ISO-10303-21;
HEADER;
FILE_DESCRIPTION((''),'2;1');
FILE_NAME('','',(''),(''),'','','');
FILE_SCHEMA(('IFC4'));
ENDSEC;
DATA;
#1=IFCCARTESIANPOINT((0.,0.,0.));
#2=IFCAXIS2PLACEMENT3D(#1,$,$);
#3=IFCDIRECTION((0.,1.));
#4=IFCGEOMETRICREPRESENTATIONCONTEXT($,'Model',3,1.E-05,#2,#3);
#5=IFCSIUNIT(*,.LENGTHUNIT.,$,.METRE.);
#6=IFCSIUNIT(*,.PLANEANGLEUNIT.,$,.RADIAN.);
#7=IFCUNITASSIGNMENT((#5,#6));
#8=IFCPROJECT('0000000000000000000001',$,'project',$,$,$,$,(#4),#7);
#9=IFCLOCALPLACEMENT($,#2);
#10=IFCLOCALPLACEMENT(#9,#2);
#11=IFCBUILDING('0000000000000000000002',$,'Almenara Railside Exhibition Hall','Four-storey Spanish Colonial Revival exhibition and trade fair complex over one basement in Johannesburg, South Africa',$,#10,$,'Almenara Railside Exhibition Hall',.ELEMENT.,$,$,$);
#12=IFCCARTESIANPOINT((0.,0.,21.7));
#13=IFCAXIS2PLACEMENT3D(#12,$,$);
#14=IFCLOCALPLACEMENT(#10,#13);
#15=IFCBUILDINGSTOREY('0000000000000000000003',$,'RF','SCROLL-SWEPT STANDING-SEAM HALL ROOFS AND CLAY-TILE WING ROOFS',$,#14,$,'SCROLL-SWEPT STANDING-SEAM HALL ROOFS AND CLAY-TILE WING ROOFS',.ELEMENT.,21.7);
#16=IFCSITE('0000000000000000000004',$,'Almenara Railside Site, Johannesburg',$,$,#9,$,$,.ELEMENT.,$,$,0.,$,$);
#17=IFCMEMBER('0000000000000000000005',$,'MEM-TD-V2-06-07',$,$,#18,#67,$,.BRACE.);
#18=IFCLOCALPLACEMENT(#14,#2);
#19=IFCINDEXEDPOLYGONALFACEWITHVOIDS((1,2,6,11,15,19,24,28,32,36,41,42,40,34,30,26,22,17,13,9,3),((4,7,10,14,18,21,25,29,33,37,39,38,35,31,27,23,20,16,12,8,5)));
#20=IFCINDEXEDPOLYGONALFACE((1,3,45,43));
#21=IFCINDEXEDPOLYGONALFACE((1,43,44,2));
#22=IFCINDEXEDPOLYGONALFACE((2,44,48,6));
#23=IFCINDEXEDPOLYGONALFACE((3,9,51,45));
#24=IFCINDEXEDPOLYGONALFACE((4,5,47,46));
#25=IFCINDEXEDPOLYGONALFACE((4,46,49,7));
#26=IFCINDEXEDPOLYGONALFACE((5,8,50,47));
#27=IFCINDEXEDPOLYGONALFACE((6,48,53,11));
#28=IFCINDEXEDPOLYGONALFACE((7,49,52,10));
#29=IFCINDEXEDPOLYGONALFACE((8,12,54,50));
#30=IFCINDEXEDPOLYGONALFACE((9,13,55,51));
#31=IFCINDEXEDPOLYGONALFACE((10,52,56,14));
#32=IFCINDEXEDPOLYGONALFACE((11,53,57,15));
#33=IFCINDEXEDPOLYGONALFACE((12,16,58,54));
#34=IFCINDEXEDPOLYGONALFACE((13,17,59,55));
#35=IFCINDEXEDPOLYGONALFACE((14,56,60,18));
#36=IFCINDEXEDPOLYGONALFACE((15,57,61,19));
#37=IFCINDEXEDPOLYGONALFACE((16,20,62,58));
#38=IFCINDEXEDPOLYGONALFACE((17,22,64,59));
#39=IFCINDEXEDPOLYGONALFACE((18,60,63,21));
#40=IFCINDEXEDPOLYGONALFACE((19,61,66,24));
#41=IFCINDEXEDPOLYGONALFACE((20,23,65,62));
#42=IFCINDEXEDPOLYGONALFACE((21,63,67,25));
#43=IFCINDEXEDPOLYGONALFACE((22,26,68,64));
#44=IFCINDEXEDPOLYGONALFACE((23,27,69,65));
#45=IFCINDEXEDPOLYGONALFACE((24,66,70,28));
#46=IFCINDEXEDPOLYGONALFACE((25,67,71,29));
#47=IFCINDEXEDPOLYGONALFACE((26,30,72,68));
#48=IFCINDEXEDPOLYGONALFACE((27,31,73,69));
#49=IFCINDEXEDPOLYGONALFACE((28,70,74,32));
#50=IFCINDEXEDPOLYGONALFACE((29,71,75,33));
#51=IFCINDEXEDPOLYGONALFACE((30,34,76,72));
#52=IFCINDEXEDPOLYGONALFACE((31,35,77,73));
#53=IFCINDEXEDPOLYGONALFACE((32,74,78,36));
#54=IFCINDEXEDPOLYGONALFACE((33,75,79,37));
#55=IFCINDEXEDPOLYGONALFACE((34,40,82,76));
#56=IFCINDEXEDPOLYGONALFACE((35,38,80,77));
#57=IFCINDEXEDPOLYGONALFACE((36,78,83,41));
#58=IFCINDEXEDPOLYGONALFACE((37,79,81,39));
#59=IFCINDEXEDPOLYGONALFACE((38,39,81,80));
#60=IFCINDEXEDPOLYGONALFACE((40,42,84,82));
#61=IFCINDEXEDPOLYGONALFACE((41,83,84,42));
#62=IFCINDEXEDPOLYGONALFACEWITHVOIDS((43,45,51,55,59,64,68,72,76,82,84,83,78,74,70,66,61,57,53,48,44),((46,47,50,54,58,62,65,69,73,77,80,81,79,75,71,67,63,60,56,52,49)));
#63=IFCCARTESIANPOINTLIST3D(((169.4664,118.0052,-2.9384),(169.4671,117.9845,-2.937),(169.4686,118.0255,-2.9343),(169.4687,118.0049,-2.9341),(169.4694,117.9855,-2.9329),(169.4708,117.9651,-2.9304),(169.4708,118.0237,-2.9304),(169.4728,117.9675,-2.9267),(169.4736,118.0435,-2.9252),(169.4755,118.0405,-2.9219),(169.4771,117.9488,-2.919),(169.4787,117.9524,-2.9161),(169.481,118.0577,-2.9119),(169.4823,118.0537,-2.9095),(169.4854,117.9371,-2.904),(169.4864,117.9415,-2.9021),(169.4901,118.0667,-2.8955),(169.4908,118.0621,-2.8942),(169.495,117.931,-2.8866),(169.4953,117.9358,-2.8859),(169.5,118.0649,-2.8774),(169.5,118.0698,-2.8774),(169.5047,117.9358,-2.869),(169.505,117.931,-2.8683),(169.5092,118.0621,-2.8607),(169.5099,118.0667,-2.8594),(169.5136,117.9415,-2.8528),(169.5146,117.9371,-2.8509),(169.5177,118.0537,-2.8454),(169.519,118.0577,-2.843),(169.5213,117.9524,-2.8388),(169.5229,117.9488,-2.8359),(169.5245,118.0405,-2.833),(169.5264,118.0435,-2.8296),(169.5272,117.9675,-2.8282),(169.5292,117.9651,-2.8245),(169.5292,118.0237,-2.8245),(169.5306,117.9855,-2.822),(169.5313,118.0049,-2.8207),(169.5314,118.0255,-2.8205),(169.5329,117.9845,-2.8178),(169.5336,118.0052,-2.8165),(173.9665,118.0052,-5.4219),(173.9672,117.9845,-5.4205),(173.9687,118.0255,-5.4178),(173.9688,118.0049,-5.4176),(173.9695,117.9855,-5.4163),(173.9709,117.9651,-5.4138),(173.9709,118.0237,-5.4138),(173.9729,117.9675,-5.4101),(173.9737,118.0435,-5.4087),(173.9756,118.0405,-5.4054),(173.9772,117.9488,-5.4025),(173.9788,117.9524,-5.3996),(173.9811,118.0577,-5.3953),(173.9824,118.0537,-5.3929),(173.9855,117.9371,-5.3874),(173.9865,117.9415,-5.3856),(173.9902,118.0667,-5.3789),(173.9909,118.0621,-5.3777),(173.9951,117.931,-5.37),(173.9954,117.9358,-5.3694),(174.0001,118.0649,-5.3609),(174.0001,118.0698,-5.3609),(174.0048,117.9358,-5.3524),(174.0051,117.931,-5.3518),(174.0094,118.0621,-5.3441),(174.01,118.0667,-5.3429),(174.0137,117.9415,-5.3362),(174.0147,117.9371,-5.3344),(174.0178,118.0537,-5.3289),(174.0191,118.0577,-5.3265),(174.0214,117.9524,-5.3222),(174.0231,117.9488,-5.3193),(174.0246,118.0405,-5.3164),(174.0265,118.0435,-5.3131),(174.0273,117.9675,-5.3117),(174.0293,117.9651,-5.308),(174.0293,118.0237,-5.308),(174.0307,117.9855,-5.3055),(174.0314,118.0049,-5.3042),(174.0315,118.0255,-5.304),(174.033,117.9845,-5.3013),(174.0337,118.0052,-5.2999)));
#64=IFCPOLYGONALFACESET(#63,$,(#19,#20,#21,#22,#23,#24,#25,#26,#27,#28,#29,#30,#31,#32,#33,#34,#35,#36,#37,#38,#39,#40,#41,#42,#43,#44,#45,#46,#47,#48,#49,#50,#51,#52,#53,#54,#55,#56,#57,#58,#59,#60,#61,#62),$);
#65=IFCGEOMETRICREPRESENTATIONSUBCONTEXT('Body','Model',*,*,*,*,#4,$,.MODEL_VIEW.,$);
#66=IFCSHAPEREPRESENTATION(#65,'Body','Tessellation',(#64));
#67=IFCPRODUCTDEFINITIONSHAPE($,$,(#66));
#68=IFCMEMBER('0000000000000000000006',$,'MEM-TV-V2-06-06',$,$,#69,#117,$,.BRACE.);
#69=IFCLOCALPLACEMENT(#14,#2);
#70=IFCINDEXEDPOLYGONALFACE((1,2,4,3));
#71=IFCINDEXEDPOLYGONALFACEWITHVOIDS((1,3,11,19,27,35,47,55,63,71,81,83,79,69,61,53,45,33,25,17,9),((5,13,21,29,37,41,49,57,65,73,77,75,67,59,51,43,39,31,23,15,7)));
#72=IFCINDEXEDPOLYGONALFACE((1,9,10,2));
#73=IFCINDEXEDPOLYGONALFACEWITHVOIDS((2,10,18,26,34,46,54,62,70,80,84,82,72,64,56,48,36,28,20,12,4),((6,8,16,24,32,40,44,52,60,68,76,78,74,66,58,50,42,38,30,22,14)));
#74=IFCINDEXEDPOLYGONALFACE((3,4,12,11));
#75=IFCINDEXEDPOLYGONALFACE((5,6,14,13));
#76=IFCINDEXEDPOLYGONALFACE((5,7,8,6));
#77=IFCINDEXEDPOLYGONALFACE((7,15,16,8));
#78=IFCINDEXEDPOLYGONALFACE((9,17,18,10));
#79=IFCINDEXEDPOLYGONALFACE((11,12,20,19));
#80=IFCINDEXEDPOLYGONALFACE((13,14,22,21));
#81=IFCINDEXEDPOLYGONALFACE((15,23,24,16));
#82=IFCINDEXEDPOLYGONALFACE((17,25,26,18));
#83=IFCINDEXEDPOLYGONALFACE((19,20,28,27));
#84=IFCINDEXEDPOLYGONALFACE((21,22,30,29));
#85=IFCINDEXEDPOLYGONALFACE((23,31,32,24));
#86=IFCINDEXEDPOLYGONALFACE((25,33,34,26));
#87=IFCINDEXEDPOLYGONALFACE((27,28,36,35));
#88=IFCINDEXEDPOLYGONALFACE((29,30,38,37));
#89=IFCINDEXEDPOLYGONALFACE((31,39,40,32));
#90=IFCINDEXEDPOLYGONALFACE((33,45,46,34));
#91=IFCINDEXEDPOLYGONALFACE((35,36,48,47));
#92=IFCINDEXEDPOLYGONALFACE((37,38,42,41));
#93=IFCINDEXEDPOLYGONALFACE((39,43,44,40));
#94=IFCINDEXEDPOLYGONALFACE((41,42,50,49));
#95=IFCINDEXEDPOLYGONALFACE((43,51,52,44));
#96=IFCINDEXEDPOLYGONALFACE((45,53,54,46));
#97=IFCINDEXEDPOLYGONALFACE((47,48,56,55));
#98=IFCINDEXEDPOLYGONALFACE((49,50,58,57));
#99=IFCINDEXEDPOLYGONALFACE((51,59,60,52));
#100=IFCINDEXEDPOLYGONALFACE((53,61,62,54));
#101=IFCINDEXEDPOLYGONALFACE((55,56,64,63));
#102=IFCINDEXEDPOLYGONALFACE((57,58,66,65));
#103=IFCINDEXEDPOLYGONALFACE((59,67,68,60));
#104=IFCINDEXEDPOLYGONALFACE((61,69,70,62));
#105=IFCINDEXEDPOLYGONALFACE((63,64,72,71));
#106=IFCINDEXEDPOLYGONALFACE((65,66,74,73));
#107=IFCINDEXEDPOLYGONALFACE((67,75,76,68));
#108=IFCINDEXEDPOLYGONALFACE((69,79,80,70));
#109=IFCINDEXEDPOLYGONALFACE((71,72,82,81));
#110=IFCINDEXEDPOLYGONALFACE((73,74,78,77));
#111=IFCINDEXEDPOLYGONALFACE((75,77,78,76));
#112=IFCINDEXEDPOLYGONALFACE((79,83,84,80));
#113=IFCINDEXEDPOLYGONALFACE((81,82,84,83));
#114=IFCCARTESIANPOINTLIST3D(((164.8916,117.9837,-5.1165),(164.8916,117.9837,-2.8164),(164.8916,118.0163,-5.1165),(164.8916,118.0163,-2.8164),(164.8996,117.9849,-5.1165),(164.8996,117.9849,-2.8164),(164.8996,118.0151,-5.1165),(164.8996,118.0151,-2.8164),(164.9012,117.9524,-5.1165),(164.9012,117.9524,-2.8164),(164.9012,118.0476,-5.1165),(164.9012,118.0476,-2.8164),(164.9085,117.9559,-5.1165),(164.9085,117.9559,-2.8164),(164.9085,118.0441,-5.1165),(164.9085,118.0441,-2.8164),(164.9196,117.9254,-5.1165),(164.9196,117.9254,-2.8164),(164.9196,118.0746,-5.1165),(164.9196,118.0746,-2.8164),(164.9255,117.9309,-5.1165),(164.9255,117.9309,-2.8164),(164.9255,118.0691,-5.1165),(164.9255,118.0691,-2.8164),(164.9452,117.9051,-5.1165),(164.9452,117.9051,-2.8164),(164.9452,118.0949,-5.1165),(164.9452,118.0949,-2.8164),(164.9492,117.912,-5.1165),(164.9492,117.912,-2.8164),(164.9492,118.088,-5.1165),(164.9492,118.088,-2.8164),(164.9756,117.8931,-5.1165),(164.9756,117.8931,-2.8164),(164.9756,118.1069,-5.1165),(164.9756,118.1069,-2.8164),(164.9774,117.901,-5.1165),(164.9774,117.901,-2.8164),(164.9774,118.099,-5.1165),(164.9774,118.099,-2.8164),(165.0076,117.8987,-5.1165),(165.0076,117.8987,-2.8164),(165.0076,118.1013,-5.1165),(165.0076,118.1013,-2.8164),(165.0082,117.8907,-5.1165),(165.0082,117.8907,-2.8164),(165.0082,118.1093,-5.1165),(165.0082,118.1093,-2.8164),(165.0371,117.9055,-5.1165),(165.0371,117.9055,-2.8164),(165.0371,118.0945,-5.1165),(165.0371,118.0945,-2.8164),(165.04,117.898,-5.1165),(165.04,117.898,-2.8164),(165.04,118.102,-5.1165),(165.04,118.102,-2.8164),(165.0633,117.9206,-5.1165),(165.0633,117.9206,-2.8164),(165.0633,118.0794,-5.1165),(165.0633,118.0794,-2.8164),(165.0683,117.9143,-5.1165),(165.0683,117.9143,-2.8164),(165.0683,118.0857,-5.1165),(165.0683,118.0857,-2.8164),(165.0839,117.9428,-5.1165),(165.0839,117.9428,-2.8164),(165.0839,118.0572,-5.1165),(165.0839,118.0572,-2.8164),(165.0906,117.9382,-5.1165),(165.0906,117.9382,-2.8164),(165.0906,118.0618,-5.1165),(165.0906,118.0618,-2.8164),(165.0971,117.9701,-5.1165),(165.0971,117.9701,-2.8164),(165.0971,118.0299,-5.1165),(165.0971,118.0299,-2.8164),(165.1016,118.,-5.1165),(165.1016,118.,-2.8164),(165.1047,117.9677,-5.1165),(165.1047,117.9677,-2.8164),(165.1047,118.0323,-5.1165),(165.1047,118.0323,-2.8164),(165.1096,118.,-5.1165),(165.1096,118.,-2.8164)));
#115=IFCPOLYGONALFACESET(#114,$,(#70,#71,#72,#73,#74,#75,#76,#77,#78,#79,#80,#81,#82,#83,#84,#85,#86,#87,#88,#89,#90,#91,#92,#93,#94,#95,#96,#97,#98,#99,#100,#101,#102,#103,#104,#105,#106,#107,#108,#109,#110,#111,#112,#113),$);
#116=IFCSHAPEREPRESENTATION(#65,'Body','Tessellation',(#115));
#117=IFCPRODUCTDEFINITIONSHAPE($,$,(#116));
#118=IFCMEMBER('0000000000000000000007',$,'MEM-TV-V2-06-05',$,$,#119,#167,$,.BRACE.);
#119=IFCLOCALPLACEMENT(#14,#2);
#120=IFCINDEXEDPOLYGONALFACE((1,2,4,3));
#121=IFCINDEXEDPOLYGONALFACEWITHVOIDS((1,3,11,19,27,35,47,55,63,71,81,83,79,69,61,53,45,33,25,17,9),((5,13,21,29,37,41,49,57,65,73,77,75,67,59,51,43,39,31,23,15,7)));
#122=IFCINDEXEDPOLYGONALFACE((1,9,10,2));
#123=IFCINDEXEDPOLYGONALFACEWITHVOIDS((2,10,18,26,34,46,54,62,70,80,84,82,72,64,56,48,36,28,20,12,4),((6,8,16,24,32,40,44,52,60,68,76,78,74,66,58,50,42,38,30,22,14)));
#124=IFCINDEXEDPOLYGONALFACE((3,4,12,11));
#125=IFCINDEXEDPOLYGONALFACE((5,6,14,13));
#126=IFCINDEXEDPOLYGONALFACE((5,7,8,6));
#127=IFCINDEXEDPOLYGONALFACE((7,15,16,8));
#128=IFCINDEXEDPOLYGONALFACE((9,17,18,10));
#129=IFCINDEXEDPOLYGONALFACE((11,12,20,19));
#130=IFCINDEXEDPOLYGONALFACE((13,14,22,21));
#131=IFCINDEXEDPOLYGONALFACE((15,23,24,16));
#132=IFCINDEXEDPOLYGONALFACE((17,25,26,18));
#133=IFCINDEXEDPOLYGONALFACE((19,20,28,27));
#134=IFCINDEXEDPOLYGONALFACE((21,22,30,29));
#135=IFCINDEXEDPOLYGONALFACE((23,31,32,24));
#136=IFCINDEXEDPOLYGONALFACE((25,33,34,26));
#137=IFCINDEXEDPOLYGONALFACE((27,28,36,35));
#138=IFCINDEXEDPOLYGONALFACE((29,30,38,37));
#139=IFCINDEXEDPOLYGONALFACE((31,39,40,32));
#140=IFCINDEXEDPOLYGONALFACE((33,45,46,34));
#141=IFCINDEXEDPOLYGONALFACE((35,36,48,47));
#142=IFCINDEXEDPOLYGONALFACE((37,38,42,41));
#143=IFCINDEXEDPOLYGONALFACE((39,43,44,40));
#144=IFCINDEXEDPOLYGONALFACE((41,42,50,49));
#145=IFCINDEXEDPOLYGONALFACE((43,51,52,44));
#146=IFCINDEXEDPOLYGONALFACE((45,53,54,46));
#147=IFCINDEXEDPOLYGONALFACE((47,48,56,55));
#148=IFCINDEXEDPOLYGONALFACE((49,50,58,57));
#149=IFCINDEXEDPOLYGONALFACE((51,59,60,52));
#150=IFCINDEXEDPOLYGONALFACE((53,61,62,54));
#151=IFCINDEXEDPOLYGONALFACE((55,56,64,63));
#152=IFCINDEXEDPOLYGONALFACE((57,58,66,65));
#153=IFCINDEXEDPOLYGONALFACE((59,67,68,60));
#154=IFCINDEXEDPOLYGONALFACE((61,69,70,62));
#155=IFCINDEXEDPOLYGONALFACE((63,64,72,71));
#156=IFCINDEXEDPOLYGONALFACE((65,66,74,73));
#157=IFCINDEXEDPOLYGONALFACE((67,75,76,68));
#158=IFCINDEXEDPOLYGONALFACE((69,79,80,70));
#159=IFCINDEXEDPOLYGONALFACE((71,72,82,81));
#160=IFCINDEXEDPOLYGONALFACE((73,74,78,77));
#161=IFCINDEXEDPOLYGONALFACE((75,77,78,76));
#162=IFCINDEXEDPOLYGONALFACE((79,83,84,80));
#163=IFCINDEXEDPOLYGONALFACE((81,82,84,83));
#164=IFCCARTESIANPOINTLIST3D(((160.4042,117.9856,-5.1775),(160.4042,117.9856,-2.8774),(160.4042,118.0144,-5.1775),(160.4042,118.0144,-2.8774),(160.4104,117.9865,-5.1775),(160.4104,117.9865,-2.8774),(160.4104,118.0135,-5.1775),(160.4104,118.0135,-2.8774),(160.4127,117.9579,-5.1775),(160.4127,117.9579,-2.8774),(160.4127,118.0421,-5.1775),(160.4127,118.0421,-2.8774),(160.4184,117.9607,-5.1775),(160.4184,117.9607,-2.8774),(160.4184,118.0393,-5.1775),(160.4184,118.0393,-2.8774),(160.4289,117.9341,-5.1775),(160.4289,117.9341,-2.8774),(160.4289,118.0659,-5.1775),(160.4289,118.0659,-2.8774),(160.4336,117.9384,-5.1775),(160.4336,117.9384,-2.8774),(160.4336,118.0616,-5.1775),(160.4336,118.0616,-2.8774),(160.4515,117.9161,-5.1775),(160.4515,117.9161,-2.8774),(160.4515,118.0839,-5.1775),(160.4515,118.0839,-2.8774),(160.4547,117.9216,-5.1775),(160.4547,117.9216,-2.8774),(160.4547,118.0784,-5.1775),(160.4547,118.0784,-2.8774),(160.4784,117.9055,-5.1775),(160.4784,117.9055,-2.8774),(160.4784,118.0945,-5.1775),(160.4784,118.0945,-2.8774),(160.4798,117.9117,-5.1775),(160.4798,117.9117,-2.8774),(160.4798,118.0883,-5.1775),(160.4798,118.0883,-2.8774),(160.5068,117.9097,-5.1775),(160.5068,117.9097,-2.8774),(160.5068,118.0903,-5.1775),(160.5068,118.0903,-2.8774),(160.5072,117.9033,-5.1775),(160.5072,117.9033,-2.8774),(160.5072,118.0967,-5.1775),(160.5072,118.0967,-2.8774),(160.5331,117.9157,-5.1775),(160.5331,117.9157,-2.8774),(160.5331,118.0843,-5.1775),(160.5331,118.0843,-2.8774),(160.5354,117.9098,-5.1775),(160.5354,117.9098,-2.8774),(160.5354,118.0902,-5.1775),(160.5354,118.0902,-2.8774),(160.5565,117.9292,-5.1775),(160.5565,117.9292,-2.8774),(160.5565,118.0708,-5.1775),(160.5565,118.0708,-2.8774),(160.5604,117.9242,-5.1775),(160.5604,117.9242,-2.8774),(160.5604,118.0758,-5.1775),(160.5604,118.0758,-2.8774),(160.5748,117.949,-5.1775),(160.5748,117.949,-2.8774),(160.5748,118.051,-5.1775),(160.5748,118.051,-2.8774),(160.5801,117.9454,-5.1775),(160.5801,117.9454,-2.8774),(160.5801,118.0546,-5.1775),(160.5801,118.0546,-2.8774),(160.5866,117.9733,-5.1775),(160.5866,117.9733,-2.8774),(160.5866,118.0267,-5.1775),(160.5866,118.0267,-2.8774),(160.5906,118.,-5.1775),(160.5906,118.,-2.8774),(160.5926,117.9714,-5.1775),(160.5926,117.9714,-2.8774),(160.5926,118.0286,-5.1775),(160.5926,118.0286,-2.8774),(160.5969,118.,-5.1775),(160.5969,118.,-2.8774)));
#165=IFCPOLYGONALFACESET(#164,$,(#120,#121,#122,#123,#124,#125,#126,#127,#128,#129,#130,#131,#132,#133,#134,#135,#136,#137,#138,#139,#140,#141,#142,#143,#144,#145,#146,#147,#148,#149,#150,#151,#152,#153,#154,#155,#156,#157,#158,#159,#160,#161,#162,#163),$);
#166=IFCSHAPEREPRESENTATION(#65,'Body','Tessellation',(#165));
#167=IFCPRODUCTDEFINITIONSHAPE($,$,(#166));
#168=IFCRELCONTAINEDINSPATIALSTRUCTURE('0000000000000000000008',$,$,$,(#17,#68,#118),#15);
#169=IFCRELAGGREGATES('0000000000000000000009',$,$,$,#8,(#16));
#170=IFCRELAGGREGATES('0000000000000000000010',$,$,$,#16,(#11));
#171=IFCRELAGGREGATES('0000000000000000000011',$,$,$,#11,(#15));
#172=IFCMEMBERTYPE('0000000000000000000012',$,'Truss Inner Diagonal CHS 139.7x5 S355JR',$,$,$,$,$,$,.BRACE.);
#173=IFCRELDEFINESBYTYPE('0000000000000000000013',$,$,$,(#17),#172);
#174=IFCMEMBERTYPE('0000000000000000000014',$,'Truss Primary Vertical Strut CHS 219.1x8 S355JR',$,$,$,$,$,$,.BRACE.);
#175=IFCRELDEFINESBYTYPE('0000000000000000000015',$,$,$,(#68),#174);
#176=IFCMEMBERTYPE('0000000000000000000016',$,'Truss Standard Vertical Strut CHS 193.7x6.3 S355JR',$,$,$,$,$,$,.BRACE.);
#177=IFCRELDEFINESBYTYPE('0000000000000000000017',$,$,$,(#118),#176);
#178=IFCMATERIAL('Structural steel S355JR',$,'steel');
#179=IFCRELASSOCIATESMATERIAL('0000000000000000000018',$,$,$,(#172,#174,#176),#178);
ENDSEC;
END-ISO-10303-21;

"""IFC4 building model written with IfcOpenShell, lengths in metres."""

from ifc_helpers import new_model, si_unit, direction, frame, origin, origin_2d, place, context, subcontext, project, spatial, hollow_circle, extrude, material, material_profile, profile_set, type_object, element, save


model = new_model("IFC4")

# Units and contexts
model_context = context("Model", 3, precision=1e-05, world=origin(), true_north=direction((0.0, 1.0)))
body_context = subcontext(model_context, "Body", "Model", "MODEL_VIEW")
ifc_project = project(units=[si_unit("LENGTHUNIT", "METRE"), si_unit("PLANEANGLEUNIT", "RADIAN")], contexts=[model_context])

# Site, building, storey
site_placement = place(None, origin())
site = spatial("IfcSite", under=ifc_project, at=site_placement, Name="Almenara Railside Site, Johannesburg", CompositionType="ELEMENT", RefElevation=0.0)
building_placement = place(site_placement, origin())
building = spatial("IfcBuilding", under=site, at=building_placement, Name="Almenara Railside Exhibition Hall", Description="Four-storey Spanish Colonial Revival exhibition and trade fair complex over one basement in Johannesburg, South Africa", LongName="Almenara Railside Exhibition Hall", CompositionType="ELEMENT")
storey_placement = place(building_placement, frame((0.0, 0.0, 21.7)))
storey = spatial("IfcBuildingStorey", under=building, at=storey_placement, Name="RF", Description="SCROLL-SWEPT STANDING-SEAM HALL ROOFS AND CLAY-TILE WING ROOFS", LongName="SCROLL-SWEPT STANDING-SEAM HALL ROOFS AND CLAY-TILE WING ROOFS", CompositionType="ELEMENT", Elevation=21.7)

# Members
ifc_material_1 = material(Name="Structural steel S355JR", Category="steel")
ifc_material_profile_1 = material_profile(ifc_material_1, hollow_circle(Radius=0.0698, WallThickness=0.0049, at=origin_2d()), Name="CHS 139.7x5")
ifc_profile_set_1 = profile_set([ifc_material_profile_1], Name="Structural steel S355JR")
member_type_1 = type_object("IfcMemberType", Name="Truss Inner Diagonal CHS 139.7x5 S355JR", PredefinedType="BRACE", material=ifc_profile_set_1)
member_1_placement = place(storey_placement, frame((169.5, 118.0, -2.8774), z_axis=(0.875525, 0.0, -0.483173), x_axis=(0.0, 1.0, 0.0)))
element("IfcMember", 1, at=member_1_placement, inside=storey, type_object=member_type_1, Name="MEM-TD-V2-06-07", PredefinedType="BRACE", context=body_context, shape_type="SweptSolid", body=[
    extrude(hollow_circle(Radius=0.0698, WallThickness=0.0049, at=origin_2d()), origin(), (0.0, 0.0, 1.0), 5.1399),
])
ifc_material_profile_2 = material_profile(ifc_material_1, hollow_circle(Radius=0.1096, WallThickness=0.0081, at=origin_2d()), Name="CHS 219.1x8")
ifc_profile_set_2 = profile_set([ifc_material_profile_2], Name="Structural steel S355JR")
member_type_2 = type_object("IfcMemberType", Name="Truss Primary Vertical Strut CHS 219.1x8 S355JR", PredefinedType="BRACE", material=ifc_profile_set_2)
member_2_placement = place(storey_placement, frame((165.0, 118.0, -5.1165), z_axis=(0.0, 0.0, 1.0), x_axis=(1.0, 0.0, 0.0)))
element("IfcMember", 2, at=member_2_placement, inside=storey, type_object=member_type_2, Name="MEM-TV-V2-06-06", PredefinedType="BRACE", context=body_context, shape_type="SweptSolid", body=[
    extrude(hollow_circle(Radius=0.1096, WallThickness=0.0081, at=origin_2d()), origin(), (0.0, 0.0, 1.0), 2.3),
])
ifc_material_profile_3 = material_profile(ifc_material_1, hollow_circle(Radius=0.0969, WallThickness=0.0063, at=origin_2d()), Name="CHS 193.7x6.3")
ifc_profile_set_3 = profile_set([ifc_material_profile_3], Name="Structural steel S355JR")
member_type_3 = type_object("IfcMemberType", Name="Truss Standard Vertical Strut CHS 193.7x6.3 S355JR", PredefinedType="BRACE", material=ifc_profile_set_3)
for number, where, z_axis, x_axis, name in (
    (3, (160.5, 118.0, -5.1775), (0.0, 0.0, 1.0), (1.0, 0.0, 0.0), "MEM-TV-V2-06-05"),
):
    element("IfcMember", number, at=place(storey_placement, frame(where, z_axis=z_axis, x_axis=x_axis)), inside=storey, type_object=member_type_3, Name=name, PredefinedType="BRACE", context=body_context, shape_type="SweptSolid", body=[
        extrude(hollow_circle(Radius=0.0969, WallThickness=0.0063, at=origin_2d()), origin(), (0.0, 0.0, 1.0), 2.3),
    ])

save(model, "model.ifc")
